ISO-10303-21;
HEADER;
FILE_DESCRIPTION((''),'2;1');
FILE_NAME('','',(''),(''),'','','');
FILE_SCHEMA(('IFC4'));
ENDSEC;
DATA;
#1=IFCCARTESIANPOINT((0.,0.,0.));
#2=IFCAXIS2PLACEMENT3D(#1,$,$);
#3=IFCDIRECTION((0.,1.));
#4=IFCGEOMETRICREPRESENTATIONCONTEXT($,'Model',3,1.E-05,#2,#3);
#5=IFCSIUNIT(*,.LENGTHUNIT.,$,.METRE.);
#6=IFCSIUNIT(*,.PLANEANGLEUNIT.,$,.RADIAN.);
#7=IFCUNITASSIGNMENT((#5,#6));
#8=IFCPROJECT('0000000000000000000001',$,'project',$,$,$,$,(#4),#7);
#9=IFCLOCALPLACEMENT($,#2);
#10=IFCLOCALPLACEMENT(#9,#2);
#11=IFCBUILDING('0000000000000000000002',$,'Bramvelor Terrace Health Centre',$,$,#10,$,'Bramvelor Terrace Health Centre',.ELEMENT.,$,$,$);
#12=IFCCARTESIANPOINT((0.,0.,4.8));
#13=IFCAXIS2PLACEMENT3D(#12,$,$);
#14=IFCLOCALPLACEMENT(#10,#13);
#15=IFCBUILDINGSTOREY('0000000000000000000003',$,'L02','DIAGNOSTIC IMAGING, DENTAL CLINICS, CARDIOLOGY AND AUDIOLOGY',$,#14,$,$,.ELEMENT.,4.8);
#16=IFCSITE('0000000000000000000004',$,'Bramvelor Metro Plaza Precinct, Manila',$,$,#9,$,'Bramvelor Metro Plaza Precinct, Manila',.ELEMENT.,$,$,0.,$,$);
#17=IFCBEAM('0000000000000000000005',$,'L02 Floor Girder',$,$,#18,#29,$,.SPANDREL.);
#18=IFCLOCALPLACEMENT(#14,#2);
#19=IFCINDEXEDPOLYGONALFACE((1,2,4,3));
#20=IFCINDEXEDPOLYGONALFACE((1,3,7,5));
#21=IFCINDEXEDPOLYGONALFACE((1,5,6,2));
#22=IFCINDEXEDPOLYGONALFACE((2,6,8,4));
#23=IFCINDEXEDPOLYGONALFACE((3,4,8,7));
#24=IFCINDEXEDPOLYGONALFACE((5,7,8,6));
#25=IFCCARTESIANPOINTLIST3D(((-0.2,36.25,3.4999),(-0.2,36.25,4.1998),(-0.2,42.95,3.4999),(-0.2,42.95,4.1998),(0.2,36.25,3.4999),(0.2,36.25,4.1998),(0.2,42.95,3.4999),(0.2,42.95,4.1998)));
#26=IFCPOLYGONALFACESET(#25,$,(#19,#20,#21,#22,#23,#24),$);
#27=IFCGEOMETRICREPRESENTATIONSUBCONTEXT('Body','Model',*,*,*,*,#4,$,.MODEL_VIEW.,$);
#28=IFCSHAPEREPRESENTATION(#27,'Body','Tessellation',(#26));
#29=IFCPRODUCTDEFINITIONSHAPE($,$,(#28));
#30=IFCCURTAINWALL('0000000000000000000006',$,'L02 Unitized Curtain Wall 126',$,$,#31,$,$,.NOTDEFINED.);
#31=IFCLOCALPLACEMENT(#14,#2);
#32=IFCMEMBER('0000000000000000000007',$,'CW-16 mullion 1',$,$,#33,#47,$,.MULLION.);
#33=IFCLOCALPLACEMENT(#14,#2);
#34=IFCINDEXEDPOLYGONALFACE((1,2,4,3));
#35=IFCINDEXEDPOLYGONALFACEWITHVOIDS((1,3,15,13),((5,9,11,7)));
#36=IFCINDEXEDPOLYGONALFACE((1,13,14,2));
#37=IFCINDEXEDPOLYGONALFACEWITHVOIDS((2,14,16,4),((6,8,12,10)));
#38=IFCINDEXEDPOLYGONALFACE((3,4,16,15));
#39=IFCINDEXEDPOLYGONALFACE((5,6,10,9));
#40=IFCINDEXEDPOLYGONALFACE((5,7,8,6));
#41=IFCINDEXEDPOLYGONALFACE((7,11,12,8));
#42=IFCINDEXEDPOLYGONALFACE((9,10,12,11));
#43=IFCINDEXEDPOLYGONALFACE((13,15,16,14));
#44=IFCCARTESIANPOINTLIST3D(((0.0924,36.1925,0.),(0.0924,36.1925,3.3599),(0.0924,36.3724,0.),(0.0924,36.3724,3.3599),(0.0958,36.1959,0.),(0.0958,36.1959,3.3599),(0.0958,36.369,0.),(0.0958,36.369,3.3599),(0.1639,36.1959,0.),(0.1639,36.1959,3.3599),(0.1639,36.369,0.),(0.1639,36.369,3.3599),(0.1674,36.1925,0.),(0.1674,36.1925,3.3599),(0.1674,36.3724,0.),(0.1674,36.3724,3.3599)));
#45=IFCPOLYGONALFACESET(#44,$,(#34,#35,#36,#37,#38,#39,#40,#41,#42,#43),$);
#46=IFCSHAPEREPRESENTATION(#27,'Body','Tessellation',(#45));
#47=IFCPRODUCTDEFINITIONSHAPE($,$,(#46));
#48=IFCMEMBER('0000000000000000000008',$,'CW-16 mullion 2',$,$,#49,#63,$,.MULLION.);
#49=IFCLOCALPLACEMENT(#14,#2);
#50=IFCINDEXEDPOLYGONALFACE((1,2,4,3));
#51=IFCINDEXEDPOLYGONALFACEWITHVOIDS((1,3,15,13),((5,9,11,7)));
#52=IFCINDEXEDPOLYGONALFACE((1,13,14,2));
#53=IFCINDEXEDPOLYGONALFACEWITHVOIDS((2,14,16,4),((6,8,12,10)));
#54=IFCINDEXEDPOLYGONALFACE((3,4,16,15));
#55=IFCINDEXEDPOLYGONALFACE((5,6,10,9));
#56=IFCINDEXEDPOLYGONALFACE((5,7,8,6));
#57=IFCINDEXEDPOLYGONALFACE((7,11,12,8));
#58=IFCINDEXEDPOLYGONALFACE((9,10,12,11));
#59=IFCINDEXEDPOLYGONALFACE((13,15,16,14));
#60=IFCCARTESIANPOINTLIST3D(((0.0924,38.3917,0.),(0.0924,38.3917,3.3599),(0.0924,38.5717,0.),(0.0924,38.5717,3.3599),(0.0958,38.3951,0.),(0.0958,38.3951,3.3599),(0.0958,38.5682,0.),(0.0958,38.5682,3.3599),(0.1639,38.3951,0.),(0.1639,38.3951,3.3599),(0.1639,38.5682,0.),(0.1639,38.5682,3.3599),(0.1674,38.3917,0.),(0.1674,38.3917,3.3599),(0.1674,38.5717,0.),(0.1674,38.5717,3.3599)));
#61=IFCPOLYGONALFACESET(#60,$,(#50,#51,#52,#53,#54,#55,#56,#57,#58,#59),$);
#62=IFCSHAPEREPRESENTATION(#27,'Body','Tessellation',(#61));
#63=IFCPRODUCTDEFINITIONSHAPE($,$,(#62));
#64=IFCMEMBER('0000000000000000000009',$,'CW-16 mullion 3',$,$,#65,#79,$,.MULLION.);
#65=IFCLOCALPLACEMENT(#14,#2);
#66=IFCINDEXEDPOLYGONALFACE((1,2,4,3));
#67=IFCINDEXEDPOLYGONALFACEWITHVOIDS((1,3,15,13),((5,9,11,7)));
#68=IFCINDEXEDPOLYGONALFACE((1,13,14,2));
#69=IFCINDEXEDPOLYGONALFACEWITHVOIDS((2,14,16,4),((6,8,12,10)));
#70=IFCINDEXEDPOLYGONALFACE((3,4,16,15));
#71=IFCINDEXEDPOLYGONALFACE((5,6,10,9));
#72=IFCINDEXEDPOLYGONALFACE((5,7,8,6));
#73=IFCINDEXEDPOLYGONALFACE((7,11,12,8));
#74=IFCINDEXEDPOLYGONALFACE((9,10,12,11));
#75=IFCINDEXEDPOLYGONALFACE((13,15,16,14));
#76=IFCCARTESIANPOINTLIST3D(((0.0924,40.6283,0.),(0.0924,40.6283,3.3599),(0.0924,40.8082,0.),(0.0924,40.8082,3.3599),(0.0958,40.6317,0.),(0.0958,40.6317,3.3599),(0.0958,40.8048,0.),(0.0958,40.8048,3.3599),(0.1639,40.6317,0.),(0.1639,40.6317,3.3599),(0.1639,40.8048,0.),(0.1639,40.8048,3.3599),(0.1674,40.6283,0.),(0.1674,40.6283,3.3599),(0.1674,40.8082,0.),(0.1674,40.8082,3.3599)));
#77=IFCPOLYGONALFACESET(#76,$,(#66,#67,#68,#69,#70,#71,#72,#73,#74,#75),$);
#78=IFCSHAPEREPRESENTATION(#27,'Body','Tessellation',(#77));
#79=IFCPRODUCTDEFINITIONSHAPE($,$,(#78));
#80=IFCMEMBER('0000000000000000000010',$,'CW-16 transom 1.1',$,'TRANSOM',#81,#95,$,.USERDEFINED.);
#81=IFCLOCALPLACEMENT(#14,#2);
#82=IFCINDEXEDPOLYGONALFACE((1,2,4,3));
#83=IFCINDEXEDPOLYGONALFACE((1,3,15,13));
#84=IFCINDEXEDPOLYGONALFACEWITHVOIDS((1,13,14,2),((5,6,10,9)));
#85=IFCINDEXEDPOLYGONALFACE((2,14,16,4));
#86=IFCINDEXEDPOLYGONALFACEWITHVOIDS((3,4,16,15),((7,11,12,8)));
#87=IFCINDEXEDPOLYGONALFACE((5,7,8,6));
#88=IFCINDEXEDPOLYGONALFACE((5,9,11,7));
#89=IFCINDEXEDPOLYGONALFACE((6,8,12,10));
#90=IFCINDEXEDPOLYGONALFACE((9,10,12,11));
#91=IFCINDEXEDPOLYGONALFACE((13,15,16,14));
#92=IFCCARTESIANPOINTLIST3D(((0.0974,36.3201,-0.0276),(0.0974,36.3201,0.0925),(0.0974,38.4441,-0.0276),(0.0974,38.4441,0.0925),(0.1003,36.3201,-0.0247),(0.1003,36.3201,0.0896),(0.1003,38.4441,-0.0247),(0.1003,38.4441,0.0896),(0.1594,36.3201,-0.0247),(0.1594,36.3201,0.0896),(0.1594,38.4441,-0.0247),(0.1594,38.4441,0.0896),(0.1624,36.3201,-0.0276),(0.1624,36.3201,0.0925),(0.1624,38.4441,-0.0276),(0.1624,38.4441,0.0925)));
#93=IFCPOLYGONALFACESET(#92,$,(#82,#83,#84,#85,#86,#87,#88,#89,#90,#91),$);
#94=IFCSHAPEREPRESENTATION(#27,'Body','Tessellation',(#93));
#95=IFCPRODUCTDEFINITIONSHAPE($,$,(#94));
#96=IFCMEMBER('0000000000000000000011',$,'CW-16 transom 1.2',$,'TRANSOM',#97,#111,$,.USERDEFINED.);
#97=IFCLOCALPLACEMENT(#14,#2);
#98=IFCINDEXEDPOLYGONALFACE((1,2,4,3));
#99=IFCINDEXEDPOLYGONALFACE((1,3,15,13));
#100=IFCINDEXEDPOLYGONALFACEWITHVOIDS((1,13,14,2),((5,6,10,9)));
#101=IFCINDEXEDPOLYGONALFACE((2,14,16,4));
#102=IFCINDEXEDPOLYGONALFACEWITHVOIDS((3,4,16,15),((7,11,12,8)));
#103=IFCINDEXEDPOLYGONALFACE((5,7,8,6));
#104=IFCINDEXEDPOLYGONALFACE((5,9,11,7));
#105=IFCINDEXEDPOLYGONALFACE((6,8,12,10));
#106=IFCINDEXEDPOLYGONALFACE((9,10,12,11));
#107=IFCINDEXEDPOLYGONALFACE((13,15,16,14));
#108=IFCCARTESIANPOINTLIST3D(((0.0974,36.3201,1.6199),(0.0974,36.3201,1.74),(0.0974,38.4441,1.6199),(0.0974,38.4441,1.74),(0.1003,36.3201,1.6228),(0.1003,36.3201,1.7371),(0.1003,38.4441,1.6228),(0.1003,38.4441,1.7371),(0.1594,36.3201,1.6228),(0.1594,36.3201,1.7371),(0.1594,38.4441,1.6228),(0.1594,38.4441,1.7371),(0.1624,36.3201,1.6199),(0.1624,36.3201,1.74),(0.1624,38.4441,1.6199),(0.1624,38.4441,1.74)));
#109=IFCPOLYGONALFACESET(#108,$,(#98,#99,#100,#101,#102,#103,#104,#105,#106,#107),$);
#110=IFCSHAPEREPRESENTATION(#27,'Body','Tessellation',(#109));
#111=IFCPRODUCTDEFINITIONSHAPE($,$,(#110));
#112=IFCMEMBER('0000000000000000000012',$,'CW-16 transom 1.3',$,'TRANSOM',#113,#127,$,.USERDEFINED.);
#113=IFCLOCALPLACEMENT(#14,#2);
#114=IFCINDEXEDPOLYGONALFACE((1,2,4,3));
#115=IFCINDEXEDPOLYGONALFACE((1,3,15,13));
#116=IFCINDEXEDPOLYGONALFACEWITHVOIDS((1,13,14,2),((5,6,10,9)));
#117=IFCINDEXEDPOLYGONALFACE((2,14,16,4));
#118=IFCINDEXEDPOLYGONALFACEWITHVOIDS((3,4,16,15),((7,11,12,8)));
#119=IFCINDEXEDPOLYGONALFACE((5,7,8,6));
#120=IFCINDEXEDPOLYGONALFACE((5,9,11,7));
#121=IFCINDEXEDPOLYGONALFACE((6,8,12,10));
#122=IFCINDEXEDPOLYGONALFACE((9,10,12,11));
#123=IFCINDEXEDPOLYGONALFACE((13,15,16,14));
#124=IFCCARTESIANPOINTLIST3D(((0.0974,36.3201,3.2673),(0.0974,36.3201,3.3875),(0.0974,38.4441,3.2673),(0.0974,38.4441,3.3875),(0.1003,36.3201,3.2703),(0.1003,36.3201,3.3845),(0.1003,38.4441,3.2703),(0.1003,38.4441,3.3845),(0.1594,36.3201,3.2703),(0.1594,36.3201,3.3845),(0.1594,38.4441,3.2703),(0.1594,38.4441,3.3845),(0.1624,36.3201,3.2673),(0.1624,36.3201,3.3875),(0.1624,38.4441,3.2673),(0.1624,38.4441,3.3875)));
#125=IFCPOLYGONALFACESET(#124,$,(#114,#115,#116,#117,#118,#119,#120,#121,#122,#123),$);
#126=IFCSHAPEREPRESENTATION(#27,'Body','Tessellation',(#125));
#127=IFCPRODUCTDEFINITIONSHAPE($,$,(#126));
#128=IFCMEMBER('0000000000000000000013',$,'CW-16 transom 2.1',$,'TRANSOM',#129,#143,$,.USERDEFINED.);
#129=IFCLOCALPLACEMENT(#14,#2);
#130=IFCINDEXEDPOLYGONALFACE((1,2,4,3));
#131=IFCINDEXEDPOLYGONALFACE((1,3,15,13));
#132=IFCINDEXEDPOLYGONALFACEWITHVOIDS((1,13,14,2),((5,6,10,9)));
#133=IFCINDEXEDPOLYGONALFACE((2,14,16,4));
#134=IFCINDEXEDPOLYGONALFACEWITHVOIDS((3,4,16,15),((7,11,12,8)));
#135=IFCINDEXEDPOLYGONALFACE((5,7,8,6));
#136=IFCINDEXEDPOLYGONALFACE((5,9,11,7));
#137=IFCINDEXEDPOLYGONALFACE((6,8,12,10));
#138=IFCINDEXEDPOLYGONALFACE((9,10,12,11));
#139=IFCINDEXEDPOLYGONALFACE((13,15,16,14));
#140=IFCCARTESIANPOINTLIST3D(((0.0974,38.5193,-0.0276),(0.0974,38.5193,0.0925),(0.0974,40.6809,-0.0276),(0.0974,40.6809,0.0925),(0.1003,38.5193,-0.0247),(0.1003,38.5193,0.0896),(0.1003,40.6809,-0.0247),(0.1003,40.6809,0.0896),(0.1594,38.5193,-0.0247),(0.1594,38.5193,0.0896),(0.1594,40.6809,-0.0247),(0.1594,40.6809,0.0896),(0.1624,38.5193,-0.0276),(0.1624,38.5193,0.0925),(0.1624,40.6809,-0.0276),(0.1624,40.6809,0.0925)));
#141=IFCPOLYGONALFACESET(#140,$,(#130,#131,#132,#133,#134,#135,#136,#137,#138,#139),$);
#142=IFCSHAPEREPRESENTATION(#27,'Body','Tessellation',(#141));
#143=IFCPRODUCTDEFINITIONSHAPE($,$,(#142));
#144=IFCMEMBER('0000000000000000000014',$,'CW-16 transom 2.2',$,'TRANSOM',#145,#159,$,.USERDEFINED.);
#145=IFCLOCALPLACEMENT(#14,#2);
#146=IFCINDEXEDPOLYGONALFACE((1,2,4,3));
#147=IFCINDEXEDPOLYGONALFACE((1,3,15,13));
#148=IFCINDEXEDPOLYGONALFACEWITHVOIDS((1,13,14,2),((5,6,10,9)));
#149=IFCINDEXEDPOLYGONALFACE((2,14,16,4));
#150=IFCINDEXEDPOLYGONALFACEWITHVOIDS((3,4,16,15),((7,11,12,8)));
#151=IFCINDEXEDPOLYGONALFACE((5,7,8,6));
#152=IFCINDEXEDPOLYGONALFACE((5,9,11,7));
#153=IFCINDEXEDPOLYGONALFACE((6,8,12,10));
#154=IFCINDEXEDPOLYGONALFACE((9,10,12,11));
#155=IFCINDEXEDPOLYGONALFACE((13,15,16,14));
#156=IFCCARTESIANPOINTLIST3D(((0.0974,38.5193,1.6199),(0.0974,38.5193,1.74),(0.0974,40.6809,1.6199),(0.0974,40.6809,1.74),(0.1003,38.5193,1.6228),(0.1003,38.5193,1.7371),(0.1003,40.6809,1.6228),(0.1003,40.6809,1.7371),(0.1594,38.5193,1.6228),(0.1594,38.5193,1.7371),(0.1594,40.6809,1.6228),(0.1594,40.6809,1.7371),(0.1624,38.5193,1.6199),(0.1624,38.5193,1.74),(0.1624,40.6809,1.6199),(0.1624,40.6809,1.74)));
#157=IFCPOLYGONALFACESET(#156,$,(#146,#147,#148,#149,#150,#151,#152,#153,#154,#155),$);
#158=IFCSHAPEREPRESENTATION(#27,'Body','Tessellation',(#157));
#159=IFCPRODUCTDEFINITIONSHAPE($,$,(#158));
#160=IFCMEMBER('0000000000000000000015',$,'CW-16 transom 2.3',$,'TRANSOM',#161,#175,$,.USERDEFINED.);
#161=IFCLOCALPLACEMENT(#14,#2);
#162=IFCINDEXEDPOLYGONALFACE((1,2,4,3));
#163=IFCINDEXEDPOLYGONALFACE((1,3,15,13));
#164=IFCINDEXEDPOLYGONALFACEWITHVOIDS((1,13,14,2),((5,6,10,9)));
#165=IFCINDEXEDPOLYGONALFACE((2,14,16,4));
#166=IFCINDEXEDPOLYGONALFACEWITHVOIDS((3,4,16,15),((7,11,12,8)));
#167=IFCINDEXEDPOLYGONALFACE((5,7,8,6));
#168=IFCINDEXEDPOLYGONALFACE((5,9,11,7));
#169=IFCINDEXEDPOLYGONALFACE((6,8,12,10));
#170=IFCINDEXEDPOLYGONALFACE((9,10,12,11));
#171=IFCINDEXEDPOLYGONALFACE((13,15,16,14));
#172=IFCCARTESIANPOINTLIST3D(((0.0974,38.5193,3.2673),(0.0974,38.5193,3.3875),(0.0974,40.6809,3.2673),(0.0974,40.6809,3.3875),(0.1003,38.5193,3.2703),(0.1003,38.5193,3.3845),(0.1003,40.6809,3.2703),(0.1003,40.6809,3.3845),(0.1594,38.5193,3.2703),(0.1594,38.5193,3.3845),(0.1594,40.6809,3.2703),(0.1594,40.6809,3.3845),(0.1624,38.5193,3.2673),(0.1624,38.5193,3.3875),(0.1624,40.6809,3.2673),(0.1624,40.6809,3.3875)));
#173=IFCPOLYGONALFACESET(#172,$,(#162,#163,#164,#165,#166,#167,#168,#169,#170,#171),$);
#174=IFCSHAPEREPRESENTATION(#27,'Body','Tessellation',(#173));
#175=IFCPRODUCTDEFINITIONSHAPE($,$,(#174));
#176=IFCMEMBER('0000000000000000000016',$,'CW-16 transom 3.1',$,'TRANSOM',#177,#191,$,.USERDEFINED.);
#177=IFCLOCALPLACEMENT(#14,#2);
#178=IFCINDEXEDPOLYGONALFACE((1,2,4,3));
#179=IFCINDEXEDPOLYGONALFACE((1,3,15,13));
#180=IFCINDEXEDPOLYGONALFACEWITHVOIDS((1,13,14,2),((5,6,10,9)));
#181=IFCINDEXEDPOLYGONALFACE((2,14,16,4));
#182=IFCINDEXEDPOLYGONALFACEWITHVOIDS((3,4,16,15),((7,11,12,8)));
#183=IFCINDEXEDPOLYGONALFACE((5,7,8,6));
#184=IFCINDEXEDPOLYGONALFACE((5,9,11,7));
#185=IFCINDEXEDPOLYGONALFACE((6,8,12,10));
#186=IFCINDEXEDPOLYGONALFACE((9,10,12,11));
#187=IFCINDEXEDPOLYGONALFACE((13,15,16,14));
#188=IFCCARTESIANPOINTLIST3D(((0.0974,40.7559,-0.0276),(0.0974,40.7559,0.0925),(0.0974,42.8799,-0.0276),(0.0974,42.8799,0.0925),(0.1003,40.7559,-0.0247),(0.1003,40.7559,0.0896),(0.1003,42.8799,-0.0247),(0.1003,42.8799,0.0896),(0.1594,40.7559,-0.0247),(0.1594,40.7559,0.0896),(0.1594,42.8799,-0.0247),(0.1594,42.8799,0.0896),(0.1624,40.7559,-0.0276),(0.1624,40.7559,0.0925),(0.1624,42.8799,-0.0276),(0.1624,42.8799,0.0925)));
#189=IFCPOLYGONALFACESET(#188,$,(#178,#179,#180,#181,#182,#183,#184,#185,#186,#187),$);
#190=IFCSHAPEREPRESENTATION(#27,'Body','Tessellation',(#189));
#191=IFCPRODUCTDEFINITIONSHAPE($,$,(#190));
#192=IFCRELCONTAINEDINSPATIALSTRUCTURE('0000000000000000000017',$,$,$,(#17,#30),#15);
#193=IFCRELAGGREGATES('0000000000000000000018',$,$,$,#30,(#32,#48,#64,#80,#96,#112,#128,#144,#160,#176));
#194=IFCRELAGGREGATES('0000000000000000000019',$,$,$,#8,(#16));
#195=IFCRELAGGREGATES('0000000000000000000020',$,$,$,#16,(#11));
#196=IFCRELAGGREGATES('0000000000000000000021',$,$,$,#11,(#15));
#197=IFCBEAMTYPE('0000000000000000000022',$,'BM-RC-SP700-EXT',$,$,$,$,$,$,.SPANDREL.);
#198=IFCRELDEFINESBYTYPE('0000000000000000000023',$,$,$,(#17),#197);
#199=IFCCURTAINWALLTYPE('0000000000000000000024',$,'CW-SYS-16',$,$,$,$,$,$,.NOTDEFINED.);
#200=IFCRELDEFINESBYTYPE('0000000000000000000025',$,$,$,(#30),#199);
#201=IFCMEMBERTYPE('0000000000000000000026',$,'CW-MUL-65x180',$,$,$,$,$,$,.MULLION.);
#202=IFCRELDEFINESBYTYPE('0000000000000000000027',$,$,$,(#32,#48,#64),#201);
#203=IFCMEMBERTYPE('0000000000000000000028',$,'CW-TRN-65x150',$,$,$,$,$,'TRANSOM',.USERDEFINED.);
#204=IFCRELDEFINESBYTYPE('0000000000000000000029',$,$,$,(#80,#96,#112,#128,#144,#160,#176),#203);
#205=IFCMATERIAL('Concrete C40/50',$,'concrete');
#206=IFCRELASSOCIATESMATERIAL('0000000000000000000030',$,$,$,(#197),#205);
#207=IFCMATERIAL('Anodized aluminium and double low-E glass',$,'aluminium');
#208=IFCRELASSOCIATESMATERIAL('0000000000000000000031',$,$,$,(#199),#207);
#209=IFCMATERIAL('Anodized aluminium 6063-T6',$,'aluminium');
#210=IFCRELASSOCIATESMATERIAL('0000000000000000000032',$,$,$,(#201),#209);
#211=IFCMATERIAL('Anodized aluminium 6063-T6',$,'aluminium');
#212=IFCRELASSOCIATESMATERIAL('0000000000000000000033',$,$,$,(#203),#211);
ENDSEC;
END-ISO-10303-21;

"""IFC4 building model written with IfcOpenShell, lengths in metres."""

from ifc_helpers import new_model, si_unit, direction, frame, origin, origin_2d, place, context, subcontext, project, spatial, rectangle, hollow_rectangle, extrude, material, material_profile, profile_set, type_object, element, aggregate, save


model = new_model("IFC4")

# Units and contexts
model_context = context("Model", 3, precision=1e-05, world=origin(), true_north=direction((0.0, 1.0)))
body_context = subcontext(model_context, "Body", "Model", "MODEL_VIEW")
ifc_project = project(units=[si_unit("LENGTHUNIT", "METRE"), si_unit("PLANEANGLEUNIT", "RADIAN")], contexts=[model_context])

# Site, building, storey
site_placement = place(None, origin())
site = spatial("IfcSite", under=ifc_project, at=site_placement, Name="Bramvelor Metro Plaza Precinct, Manila", LongName="Bramvelor Metro Plaza Precinct, Manila", CompositionType="ELEMENT", RefElevation=0.0)
building_placement = place(site_placement, origin())
building = spatial("IfcBuilding", under=site, at=building_placement, Name="Bramvelor Terrace Health Centre", LongName="Bramvelor Terrace Health Centre", CompositionType="ELEMENT")
storey_placement = place(building_placement, frame((0.0, 0.0, 4.8)))
storey = spatial("IfcBuildingStorey", under=building, at=storey_placement, Name="L02", Description="DIAGNOSTIC IMAGING, DENTAL CLINICS, CARDIOLOGY AND AUDIOLOGY", CompositionType="ELEMENT", Elevation=4.8)

# Beam
ifc_material_1 = material(Name="Concrete C40/50", Category="concrete")
ifc_material_profile_1 = material_profile(ifc_material_1, rectangle(XDim=0.3999, YDim=0.7, at=origin_2d()), Name="RC 400x700")
ifc_profile_set_1 = profile_set([ifc_material_profile_1], Name="Concrete C40/50")
beam_type = type_object("IfcBeamType", Name="BM-RC-SP700-EXT", PredefinedType="SPANDREL", material=ifc_profile_set_1)
beam_placement = place(storey_placement, frame((0.0, 36.25, 3.8499), z_axis=(0.0, 1.0, 0.0), x_axis=(-1.0, 0.0, 0.0)))
element("IfcBeam", 1, at=beam_placement, inside=storey, type_object=beam_type, Name="L02 Floor Girder", PredefinedType="SPANDREL", context=body_context, shape_type="SweptSolid", body=[
    extrude(rectangle(XDim=0.3999, YDim=0.7, at=origin_2d()), origin(), (0.0, 0.0, 1.0), 6.7),
])

# Curtain wall, members
ifc_material_2 = material(Name="Anodized aluminium and double low-E glass", Category="aluminium")
curtain_wall_type = type_object("IfcCurtainWallType", Name="CW-SYS-16", PredefinedType="NOTDEFINED", material=ifc_material_2)
curtain_wall_placement = place(storey_placement, origin())
curtain_wall = element("IfcCurtainWall", 2, at=curtain_wall_placement, inside=storey, type_object=curtain_wall_type, Name="L02 Unitized Curtain Wall 126", PredefinedType="NOTDEFINED")
ifc_material_3 = material(Name="Anodized aluminium 6063-T6", Category="aluminium")
ifc_material_profile_2 = material_profile(ifc_material_3, hollow_rectangle(XDim=0.075, YDim=0.1799, WallThickness=0.0034, at=origin_2d()), Name="ALU-MUL 75x180x3.5")
ifc_profile_set_2 = profile_set([ifc_material_profile_2], Name="Anodized aluminium 6063-T6")
member_type_1 = type_object("IfcMemberType", Name="CW-MUL-65x180", PredefinedType="MULLION", material=ifc_profile_set_2)
member_1_placement = place(storey_placement, frame((0.1299, 36.2825, 0.0), z_axis=(0.0, 0.0, 1.0), x_axis=(-1.0, 0.0, 0.0)))
member_1 = element("IfcMember", 3, at=member_1_placement, type_object=member_type_1, Name="CW-16 mullion 1", PredefinedType="MULLION", context=body_context, shape_type="SweptSolid", body=[
    extrude(hollow_rectangle(XDim=0.075, YDim=0.1799, WallThickness=0.0034, at=origin_2d()), origin(), (0.0, 0.0, 1.0), 3.3599),
])
member_2_placement = place(storey_placement, frame((0.1299, 38.4817, 0.0), z_axis=(0.0, 0.0, 1.0), x_axis=(-1.0, 0.0, 0.0)))
member_2 = element("IfcMember", 4, at=member_2_placement, type_object=member_type_1, Name="CW-16 mullion 2", PredefinedType="MULLION", context=body_context, shape_type="SweptSolid", body=[
    extrude(hollow_rectangle(XDim=0.075, YDim=0.1799, WallThickness=0.0034, at=origin_2d()), origin(), (0.0, 0.0, 1.0), 3.3599),
])
member_3_placement = place(storey_placement, frame((0.1299, 40.7183, 0.0), z_axis=(0.0, 0.0, 1.0), x_axis=(-1.0, 0.0, 0.0)))
member_3 = element("IfcMember", 5, at=member_3_placement, type_object=member_type_1, Name="CW-16 mullion 3", PredefinedType="MULLION", context=body_context, shape_type="SweptSolid", body=[
    extrude(hollow_rectangle(XDim=0.075, YDim=0.1799, WallThickness=0.0034, at=origin_2d()), origin(), (0.0, 0.0, 1.0), 3.3599),
])
ifc_material_4 = material(Name="Anodized aluminium 6063-T6", Category="aluminium")
ifc_material_profile_3 = material_profile(ifc_material_4, hollow_rectangle(XDim=0.0649, YDim=0.1201, WallThickness=0.0029, at=origin_2d()), Name="ALU-TRN 65x120x3.0")
ifc_profile_set_3 = profile_set([ifc_material_profile_3], Name="Anodized aluminium 6063-T6")
member_type_2 = type_object("IfcMemberType", Name="CW-TRN-65x150", ElementType="TRANSOM", PredefinedType="USERDEFINED", material=ifc_profile_set_3)
member_4_placement = place(storey_placement, frame((0.1299, 36.3201, 0.0325), z_axis=(0.0, 1.0, 0.0), x_axis=(-1.0, 0.0, 0.0)))
member_4 = element("IfcMember", 6, at=member_4_placement, type_object=member_type_2, Name="CW-16 transom 1.1", ObjectType="TRANSOM", PredefinedType="USERDEFINED", context=body_context, shape_type="SweptSolid", body=[
    extrude(hollow_rectangle(XDim=0.0649, YDim=0.1201, WallThickness=0.0029, at=origin_2d()), origin(), (0.0, 0.0, 1.0), 2.124),
])
member_5_placement = place(storey_placement, frame((0.1299, 36.3201, 1.6799), z_axis=(0.0, 1.0, 0.0), x_axis=(-1.0, 0.0, 0.0)))
member_5 = element("IfcMember", 7, at=member_5_placement, type_object=member_type_2, Name="CW-16 transom 1.2", ObjectType="TRANSOM", PredefinedType="USERDEFINED", context=body_context, shape_type="SweptSolid", body=[
    extrude(hollow_rectangle(XDim=0.0649, YDim=0.1201, WallThickness=0.0029, at=origin_2d()), origin(), (0.0, 0.0, 1.0), 2.124),
])
member_6_placement = place(storey_placement, frame((0.1299, 36.3201, 3.3274), z_axis=(0.0, 1.0, 0.0), x_axis=(-1.0, 0.0, 0.0)))
member_6 = element("IfcMember", 8, at=member_6_placement, type_object=member_type_2, Name="CW-16 transom 1.3", ObjectType="TRANSOM", PredefinedType="USERDEFINED", context=body_context, shape_type="SweptSolid", body=[
    extrude(hollow_rectangle(XDim=0.0649, YDim=0.1201, WallThickness=0.0029, at=origin_2d()), origin(), (0.0, 0.0, 1.0), 2.124),
])
member_7_placement = place(storey_placement, frame((0.1299, 38.5193, 0.0325), z_axis=(0.0, 1.0, 0.0), x_axis=(-1.0, 0.0, 0.0)))
member_7 = element("IfcMember", 9, at=member_7_placement, type_object=member_type_2, Name="CW-16 transom 2.1", ObjectType="TRANSOM", PredefinedType="USERDEFINED", context=body_context, shape_type="SweptSolid", body=[
    extrude(hollow_rectangle(XDim=0.0649, YDim=0.1201, WallThickness=0.0029, at=origin_2d()), origin(), (0.0, 0.0, 1.0), 2.1616),
])
member_8_placement = place(storey_placement, frame((0.1299, 38.5193, 1.6799), z_axis=(0.0, 1.0, 0.0), x_axis=(-1.0, 0.0, 0.0)))
member_8 = element("IfcMember", 10, at=member_8_placement, type_object=member_type_2, Name="CW-16 transom 2.2", ObjectType="TRANSOM", PredefinedType="USERDEFINED", context=body_context, shape_type="SweptSolid", body=[
    extrude(hollow_rectangle(XDim=0.0649, YDim=0.1201, WallThickness=0.0029, at=origin_2d()), origin(), (0.0, 0.0, 1.0), 2.1616),
])
member_9_placement = place(storey_placement, frame((0.1299, 38.5193, 3.3274), z_axis=(0.0, 1.0, 0.0), x_axis=(-1.0, 0.0, 0.0)))
member_9 = element("IfcMember", 11, at=member_9_placement, type_object=member_type_2, Name="CW-16 transom 2.3", ObjectType="TRANSOM", PredefinedType="USERDEFINED", context=body_context, shape_type="SweptSolid", body=[
    extrude(hollow_rectangle(XDim=0.0649, YDim=0.1201, WallThickness=0.0029, at=origin_2d()), origin(), (0.0, 0.0, 1.0), 2.1616),
])
member_10_placement = place(storey_placement, frame((0.1299, 40.7559, 0.0325), z_axis=(0.0, 1.0, 0.0), x_axis=(-1.0, 0.0, 0.0)))
member_10 = element("IfcMember", 12, at=member_10_placement, type_object=member_type_2, Name="CW-16 transom 3.1", ObjectType="TRANSOM", PredefinedType="USERDEFINED", context=body_context, shape_type="SweptSolid", body=[
    extrude(hollow_rectangle(XDim=0.0649, YDim=0.1201, WallThickness=0.0029, at=origin_2d()), origin(), (0.0, 0.0, 1.0), 2.124),
])
aggregate(curtain_wall, [member_1, member_2, member_3, member_4, member_5, member_6, member_7, member_8, member_9, member_10])

save(model, "model.ifc")
